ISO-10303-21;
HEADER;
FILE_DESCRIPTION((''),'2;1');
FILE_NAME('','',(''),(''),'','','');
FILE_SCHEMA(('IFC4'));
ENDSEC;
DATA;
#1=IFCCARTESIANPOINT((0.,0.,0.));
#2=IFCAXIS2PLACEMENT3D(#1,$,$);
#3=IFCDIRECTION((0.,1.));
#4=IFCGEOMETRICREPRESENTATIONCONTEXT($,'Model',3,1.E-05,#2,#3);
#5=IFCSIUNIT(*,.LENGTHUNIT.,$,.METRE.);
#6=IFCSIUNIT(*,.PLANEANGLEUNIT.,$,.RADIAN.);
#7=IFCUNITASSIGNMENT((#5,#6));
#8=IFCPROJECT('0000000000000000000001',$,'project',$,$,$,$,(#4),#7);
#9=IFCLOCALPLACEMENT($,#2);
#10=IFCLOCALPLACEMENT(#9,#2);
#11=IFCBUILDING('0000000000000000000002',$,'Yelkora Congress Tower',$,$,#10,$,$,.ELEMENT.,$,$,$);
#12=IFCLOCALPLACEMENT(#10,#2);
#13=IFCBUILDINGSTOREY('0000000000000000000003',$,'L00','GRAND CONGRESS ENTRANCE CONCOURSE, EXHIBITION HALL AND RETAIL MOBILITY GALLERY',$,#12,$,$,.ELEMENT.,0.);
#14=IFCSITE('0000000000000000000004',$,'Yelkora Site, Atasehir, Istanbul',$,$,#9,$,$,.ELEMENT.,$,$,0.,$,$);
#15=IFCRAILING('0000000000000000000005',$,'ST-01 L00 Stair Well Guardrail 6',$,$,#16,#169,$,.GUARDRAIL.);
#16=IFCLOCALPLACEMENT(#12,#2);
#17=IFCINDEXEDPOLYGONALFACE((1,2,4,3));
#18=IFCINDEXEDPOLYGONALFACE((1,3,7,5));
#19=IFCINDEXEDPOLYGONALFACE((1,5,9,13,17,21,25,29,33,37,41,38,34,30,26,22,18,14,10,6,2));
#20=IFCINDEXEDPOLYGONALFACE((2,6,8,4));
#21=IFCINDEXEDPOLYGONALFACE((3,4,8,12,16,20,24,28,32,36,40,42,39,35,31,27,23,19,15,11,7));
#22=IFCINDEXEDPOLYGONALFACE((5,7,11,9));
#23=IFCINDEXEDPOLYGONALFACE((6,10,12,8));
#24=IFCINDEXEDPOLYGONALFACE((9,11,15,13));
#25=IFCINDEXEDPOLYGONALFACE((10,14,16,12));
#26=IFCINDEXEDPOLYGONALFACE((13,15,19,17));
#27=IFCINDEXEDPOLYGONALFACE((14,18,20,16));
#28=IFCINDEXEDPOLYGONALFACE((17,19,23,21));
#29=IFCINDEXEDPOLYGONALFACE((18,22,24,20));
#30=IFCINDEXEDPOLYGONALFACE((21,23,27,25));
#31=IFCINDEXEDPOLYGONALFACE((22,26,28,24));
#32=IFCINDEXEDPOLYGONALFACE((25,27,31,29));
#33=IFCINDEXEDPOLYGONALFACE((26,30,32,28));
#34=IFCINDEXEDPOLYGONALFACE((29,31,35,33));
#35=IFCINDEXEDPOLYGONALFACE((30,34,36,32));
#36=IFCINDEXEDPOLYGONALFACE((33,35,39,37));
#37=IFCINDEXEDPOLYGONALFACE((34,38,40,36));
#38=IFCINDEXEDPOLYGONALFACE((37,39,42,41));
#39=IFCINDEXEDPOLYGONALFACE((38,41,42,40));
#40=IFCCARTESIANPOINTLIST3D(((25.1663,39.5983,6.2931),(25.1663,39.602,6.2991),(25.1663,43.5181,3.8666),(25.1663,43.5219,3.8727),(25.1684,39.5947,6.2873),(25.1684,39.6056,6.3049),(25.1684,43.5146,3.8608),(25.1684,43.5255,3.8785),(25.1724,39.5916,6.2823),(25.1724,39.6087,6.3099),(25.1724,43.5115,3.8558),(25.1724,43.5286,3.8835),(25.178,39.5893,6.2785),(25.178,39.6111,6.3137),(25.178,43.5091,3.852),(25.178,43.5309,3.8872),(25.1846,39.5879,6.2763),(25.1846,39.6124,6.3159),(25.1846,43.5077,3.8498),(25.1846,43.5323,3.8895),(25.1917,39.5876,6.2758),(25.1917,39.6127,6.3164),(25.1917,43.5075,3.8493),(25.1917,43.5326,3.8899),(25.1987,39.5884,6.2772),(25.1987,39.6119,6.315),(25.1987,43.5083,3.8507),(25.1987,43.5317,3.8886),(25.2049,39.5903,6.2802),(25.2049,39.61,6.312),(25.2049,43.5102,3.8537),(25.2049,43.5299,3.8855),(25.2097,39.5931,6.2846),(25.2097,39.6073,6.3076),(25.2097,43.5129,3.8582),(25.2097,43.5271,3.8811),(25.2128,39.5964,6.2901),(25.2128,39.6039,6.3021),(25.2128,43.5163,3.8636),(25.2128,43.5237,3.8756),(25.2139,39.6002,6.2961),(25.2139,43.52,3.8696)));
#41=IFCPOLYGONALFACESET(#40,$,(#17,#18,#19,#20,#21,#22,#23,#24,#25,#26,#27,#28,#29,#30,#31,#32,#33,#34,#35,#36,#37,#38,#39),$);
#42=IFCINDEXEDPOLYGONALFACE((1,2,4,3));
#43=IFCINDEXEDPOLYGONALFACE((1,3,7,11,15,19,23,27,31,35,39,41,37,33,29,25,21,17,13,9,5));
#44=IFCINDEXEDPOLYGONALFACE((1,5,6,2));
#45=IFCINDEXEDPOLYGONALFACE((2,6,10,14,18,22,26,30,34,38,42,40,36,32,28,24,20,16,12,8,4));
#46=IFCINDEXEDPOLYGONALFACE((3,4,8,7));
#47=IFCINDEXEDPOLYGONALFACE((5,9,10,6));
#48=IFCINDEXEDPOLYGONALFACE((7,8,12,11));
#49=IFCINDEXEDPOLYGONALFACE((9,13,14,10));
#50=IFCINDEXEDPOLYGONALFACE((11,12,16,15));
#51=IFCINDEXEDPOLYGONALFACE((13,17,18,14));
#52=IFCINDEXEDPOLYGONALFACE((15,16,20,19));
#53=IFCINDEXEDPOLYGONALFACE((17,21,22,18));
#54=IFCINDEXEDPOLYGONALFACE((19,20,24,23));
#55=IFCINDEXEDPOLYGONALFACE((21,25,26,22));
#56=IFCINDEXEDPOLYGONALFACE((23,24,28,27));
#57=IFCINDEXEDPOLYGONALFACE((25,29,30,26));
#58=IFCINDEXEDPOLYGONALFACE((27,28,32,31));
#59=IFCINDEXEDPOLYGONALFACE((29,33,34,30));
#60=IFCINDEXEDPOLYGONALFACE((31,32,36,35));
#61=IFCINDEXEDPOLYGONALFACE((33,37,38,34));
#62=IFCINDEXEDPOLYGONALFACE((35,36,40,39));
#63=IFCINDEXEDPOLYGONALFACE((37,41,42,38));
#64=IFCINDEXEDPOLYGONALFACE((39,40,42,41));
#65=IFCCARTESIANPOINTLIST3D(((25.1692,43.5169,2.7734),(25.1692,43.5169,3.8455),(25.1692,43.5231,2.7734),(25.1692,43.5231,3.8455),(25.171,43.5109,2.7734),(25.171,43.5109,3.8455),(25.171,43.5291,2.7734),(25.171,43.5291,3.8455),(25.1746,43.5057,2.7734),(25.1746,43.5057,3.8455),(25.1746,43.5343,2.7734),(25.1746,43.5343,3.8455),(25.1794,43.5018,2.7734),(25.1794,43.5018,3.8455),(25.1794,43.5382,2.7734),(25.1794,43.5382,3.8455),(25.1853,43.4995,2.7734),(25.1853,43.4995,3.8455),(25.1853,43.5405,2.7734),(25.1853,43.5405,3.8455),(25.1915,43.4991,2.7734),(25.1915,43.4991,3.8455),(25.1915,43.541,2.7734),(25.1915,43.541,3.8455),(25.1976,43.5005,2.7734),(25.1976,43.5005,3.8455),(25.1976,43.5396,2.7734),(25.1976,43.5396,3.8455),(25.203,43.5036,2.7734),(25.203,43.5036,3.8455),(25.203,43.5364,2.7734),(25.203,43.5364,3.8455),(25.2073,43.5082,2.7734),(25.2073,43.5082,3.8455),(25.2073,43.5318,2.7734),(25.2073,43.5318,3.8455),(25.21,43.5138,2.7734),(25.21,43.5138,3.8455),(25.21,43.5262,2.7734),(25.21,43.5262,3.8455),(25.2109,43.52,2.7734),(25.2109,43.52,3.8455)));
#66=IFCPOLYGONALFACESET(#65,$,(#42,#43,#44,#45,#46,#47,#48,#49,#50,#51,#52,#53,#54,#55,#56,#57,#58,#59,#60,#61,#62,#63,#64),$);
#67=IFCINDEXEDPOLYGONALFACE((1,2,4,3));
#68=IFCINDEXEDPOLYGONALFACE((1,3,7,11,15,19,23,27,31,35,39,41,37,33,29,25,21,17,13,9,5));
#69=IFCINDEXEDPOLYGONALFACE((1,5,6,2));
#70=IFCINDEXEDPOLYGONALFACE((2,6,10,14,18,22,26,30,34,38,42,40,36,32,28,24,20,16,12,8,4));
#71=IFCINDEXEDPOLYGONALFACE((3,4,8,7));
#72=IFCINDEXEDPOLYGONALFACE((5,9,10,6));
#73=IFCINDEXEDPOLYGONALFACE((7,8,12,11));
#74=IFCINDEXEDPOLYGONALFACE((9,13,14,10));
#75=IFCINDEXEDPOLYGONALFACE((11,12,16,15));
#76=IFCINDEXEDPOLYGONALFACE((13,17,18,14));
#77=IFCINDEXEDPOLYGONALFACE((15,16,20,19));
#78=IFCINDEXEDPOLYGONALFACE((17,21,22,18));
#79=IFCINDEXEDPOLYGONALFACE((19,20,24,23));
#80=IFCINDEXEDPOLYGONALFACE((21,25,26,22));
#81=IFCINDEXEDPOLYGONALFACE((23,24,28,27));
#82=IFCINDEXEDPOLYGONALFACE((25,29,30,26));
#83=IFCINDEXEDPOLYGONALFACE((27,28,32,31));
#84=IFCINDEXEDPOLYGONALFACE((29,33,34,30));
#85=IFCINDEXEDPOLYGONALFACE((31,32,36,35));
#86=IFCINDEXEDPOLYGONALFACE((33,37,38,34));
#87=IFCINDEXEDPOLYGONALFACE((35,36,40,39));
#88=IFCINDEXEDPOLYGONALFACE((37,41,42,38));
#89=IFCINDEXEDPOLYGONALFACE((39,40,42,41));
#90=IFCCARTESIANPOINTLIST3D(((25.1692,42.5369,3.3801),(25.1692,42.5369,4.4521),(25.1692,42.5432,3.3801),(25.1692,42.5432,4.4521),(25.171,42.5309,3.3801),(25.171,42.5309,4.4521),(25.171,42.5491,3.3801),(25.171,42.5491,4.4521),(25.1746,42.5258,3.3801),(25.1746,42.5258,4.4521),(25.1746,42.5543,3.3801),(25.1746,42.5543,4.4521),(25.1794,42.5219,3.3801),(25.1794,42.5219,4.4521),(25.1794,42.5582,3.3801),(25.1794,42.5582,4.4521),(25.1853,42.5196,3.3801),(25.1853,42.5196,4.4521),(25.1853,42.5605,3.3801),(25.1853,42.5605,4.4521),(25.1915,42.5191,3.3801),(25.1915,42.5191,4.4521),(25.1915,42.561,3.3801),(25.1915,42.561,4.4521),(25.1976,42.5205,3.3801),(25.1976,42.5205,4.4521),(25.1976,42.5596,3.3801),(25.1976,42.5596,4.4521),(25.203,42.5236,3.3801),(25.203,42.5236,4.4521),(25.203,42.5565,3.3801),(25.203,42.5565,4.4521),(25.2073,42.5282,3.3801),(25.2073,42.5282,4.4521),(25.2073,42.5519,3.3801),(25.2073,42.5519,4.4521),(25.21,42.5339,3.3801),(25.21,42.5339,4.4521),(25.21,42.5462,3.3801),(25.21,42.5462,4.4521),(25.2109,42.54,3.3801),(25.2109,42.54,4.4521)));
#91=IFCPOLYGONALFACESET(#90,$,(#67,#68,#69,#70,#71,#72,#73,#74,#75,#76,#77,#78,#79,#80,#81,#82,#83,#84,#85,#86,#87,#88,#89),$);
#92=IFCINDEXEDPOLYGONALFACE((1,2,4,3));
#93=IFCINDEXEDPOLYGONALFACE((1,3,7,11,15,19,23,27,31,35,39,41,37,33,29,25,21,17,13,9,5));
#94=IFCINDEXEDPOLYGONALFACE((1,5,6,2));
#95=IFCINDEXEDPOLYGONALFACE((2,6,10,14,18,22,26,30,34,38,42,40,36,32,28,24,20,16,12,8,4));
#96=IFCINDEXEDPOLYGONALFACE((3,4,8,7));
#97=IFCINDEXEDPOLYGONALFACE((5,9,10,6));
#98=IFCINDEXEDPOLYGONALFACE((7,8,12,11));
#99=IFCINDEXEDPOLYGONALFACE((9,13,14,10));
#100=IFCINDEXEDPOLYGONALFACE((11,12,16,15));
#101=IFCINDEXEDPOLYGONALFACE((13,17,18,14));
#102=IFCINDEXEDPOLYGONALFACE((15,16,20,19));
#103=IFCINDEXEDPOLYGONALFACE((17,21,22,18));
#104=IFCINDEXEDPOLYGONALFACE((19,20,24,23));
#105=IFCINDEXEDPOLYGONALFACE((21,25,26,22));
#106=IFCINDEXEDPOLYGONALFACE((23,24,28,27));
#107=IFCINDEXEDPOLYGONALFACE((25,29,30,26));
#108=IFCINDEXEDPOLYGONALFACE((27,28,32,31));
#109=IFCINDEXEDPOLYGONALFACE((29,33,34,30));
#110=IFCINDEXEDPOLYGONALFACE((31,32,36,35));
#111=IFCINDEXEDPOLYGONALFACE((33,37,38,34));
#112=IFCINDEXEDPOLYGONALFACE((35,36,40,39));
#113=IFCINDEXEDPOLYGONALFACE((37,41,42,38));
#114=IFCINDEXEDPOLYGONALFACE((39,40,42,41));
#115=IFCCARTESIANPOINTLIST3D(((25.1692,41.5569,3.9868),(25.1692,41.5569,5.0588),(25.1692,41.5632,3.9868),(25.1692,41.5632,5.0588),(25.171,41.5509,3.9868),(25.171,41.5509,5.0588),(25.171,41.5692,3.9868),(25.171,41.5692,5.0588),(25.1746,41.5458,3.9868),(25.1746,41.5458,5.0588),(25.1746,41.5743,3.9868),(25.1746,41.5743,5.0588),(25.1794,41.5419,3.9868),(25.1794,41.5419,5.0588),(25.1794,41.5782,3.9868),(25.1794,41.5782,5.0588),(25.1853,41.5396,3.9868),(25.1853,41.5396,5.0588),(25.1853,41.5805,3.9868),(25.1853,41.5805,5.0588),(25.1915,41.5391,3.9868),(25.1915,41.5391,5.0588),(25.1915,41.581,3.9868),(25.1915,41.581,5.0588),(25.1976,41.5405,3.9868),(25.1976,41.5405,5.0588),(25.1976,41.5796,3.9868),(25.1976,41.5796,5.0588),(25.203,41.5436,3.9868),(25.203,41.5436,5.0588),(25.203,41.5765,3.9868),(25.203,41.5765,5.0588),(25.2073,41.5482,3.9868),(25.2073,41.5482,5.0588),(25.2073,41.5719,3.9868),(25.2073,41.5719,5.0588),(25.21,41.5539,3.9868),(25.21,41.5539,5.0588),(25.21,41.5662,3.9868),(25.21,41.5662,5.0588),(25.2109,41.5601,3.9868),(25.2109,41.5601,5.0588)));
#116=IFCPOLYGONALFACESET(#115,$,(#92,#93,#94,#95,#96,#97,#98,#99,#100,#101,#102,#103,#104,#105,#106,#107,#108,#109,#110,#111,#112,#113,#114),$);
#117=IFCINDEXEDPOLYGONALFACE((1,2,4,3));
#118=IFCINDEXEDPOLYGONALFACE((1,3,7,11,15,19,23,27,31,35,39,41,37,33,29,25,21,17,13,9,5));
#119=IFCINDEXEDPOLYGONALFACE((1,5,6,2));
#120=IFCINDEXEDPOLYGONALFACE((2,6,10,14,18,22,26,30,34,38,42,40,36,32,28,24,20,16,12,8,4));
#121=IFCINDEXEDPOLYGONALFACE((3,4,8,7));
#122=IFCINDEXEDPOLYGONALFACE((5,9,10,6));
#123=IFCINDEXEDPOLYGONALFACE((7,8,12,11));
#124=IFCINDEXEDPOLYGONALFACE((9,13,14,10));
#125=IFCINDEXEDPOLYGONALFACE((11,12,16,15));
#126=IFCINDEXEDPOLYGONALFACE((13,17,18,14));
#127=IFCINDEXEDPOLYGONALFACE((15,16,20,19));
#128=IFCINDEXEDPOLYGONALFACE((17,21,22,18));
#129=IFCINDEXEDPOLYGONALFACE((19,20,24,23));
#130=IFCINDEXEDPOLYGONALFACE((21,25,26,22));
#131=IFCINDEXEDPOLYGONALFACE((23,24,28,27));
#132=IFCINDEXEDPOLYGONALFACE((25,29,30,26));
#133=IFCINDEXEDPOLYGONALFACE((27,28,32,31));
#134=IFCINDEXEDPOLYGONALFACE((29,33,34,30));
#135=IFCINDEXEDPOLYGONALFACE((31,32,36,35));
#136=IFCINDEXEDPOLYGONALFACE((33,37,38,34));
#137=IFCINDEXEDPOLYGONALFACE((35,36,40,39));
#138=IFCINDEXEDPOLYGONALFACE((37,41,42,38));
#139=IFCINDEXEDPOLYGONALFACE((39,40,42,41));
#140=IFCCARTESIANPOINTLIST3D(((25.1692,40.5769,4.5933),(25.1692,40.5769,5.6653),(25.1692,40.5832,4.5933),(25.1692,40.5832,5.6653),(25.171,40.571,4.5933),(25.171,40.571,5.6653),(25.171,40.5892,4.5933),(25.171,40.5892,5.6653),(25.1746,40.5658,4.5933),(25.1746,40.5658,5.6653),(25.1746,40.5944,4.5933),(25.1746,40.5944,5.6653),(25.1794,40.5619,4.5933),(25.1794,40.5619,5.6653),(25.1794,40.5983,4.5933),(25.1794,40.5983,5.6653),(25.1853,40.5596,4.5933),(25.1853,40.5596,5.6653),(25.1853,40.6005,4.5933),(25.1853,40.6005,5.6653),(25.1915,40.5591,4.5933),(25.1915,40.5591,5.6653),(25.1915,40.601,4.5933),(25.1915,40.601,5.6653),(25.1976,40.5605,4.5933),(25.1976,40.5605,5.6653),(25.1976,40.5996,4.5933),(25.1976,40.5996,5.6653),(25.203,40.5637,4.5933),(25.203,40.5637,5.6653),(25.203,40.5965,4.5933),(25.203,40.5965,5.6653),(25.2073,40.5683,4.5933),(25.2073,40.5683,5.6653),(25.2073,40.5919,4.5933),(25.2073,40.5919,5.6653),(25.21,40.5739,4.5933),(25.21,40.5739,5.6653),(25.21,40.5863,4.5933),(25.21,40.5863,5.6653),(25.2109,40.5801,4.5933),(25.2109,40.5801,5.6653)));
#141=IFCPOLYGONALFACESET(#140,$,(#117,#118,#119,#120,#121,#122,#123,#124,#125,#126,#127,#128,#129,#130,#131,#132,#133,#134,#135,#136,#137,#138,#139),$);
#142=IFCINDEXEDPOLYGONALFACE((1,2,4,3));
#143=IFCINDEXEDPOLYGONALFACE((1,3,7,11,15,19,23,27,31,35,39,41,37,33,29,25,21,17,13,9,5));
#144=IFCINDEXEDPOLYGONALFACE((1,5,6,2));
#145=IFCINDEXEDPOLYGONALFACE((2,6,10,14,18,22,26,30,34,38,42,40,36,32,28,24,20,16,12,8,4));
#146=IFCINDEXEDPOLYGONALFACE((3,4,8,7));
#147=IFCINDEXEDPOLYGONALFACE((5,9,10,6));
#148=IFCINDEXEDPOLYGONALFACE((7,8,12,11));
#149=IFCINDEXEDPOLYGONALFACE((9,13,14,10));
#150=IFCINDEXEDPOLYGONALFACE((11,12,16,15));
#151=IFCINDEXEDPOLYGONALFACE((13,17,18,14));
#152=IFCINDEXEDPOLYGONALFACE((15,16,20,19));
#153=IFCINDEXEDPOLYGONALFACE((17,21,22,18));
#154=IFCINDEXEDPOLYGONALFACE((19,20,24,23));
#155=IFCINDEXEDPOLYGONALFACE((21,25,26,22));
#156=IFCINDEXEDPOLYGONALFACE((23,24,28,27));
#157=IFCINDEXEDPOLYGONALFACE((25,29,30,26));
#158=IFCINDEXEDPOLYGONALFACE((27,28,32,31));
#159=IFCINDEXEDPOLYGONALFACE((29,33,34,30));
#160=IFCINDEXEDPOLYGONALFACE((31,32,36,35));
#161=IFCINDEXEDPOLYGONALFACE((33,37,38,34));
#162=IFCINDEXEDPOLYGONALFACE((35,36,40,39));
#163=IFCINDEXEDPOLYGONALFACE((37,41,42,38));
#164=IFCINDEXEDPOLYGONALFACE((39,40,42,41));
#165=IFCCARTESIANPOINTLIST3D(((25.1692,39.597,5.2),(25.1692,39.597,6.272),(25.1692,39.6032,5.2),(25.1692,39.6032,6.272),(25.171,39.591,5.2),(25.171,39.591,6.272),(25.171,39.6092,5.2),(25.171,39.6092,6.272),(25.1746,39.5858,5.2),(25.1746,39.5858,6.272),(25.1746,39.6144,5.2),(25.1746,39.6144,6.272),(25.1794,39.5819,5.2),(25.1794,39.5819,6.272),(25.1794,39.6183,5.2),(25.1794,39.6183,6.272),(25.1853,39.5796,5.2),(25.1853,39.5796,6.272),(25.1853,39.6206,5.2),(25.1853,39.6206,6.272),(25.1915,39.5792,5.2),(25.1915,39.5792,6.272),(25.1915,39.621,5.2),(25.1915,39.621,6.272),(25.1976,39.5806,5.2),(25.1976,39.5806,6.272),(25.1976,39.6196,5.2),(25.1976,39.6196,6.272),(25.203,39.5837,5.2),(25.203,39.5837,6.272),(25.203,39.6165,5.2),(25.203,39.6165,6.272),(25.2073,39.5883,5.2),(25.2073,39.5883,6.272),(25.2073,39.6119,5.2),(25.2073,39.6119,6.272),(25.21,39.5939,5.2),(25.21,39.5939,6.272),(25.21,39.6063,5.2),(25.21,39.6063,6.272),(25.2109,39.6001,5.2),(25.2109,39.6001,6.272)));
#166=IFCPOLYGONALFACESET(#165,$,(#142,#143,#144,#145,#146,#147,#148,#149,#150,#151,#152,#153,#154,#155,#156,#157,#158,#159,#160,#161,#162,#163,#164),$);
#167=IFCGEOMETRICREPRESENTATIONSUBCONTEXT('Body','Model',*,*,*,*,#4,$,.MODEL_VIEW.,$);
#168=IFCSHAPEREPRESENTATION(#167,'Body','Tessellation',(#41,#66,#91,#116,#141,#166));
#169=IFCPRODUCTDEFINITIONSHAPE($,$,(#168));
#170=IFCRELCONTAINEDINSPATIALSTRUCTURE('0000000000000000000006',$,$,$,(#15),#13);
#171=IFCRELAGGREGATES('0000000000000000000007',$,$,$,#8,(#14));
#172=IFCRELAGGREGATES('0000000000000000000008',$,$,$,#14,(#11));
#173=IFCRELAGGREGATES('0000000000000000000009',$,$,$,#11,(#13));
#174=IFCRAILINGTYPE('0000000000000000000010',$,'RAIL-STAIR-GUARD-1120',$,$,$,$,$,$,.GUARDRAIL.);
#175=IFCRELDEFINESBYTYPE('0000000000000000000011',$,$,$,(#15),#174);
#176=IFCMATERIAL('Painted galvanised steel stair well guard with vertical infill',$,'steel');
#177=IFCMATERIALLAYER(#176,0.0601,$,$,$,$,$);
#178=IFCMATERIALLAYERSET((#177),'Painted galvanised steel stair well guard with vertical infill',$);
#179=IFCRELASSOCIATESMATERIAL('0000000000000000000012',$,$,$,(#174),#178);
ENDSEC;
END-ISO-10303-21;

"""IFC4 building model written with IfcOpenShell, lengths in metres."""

from ifc_helpers import new_model, si_unit, direction, frame, origin, origin_2d, place, context, subcontext, project, spatial, circle, extrude, material, layer, layer_set, type_object, element, save


model = new_model("IFC4")

# Units and contexts
model_context = context("Model", 3, precision=1e-05, world=origin(), true_north=direction((0.0, 1.0)))
body_context = subcontext(model_context, "Body", "Model", "MODEL_VIEW")
ifc_project = project(units=[si_unit("LENGTHUNIT", "METRE"), si_unit("PLANEANGLEUNIT", "RADIAN")], contexts=[model_context])

# Site, building, storey
site_placement = place(None, origin())
site = spatial("IfcSite", under=ifc_project, at=site_placement, Name="Yelkora Site, Atasehir, Istanbul", CompositionType="ELEMENT", RefElevation=0.0)
building_placement = place(site_placement, origin())
building = spatial("IfcBuilding", under=site, at=building_placement, Name="Yelkora Congress Tower", CompositionType="ELEMENT")
storey_placement = place(building_placement, origin())
storey = spatial("IfcBuildingStorey", under=building, at=storey_placement, Name="L00", Description="GRAND CONGRESS ENTRANCE CONCOURSE, EXHIBITION HALL AND RETAIL MOBILITY GALLERY", CompositionType="ELEMENT", Elevation=0.0)

# Railing
ifc_material_1 = material(Name="Painted galvanised steel stair well guard with vertical infill", Category="steel")
ifc_layer_1 = layer(ifc_material_1, 0.0601)
ifc_layer_set_1 = layer_set([ifc_layer_1], Name="Painted galvanised steel stair well guard with vertical infill")
railing_type_1 = type_object("IfcRailingType", Name="RAIL-STAIR-GUARD-1120", PredefinedType="GUARDRAIL", material=ifc_layer_set_1)
railing_1_placement = place(storey_placement, frame((25.1899, 43.52, 2.7734)))
element("IfcRailing", 1, at=railing_1_placement, inside=storey, type_object=railing_type_1, Name="ST-01 L00 Stair Well Guardrail 6", PredefinedType="GUARDRAIL", context=body_context, shape_type="SweptSolid", body=[
    extrude(circle(Radius=0.0239, at=origin_2d()), frame((0.0, 0.0, 1.0962), z_axis=(0.0, -0.850275, 0.526338), x_axis=(1.0, 0.0, 0.0)), (0.0, 0.0, 1.0), 4.6101),
    extrude(circle(Radius=0.021, at=origin_2d()), origin(), (0.0, 0.0, 1.0), 1.072),
    extrude(circle(Radius=0.021, at=origin_2d()), frame((0.0, -0.98, 0.6067)), (0.0, 0.0, 1.0), 1.072),
    extrude(circle(Radius=0.021, at=origin_2d()), frame((0.0, -1.96, 1.2134)), (0.0, 0.0, 1.0), 1.072),
    extrude(circle(Radius=0.021, at=origin_2d()), frame((0.0, -2.9399, 1.8198)), (0.0, 0.0, 1.0), 1.072),
    extrude(circle(Radius=0.021, at=origin_2d()), frame((0.0, -3.9199, 2.4265)), (0.0, 0.0, 1.0), 1.072),
])

save(model, "model.ifc")
